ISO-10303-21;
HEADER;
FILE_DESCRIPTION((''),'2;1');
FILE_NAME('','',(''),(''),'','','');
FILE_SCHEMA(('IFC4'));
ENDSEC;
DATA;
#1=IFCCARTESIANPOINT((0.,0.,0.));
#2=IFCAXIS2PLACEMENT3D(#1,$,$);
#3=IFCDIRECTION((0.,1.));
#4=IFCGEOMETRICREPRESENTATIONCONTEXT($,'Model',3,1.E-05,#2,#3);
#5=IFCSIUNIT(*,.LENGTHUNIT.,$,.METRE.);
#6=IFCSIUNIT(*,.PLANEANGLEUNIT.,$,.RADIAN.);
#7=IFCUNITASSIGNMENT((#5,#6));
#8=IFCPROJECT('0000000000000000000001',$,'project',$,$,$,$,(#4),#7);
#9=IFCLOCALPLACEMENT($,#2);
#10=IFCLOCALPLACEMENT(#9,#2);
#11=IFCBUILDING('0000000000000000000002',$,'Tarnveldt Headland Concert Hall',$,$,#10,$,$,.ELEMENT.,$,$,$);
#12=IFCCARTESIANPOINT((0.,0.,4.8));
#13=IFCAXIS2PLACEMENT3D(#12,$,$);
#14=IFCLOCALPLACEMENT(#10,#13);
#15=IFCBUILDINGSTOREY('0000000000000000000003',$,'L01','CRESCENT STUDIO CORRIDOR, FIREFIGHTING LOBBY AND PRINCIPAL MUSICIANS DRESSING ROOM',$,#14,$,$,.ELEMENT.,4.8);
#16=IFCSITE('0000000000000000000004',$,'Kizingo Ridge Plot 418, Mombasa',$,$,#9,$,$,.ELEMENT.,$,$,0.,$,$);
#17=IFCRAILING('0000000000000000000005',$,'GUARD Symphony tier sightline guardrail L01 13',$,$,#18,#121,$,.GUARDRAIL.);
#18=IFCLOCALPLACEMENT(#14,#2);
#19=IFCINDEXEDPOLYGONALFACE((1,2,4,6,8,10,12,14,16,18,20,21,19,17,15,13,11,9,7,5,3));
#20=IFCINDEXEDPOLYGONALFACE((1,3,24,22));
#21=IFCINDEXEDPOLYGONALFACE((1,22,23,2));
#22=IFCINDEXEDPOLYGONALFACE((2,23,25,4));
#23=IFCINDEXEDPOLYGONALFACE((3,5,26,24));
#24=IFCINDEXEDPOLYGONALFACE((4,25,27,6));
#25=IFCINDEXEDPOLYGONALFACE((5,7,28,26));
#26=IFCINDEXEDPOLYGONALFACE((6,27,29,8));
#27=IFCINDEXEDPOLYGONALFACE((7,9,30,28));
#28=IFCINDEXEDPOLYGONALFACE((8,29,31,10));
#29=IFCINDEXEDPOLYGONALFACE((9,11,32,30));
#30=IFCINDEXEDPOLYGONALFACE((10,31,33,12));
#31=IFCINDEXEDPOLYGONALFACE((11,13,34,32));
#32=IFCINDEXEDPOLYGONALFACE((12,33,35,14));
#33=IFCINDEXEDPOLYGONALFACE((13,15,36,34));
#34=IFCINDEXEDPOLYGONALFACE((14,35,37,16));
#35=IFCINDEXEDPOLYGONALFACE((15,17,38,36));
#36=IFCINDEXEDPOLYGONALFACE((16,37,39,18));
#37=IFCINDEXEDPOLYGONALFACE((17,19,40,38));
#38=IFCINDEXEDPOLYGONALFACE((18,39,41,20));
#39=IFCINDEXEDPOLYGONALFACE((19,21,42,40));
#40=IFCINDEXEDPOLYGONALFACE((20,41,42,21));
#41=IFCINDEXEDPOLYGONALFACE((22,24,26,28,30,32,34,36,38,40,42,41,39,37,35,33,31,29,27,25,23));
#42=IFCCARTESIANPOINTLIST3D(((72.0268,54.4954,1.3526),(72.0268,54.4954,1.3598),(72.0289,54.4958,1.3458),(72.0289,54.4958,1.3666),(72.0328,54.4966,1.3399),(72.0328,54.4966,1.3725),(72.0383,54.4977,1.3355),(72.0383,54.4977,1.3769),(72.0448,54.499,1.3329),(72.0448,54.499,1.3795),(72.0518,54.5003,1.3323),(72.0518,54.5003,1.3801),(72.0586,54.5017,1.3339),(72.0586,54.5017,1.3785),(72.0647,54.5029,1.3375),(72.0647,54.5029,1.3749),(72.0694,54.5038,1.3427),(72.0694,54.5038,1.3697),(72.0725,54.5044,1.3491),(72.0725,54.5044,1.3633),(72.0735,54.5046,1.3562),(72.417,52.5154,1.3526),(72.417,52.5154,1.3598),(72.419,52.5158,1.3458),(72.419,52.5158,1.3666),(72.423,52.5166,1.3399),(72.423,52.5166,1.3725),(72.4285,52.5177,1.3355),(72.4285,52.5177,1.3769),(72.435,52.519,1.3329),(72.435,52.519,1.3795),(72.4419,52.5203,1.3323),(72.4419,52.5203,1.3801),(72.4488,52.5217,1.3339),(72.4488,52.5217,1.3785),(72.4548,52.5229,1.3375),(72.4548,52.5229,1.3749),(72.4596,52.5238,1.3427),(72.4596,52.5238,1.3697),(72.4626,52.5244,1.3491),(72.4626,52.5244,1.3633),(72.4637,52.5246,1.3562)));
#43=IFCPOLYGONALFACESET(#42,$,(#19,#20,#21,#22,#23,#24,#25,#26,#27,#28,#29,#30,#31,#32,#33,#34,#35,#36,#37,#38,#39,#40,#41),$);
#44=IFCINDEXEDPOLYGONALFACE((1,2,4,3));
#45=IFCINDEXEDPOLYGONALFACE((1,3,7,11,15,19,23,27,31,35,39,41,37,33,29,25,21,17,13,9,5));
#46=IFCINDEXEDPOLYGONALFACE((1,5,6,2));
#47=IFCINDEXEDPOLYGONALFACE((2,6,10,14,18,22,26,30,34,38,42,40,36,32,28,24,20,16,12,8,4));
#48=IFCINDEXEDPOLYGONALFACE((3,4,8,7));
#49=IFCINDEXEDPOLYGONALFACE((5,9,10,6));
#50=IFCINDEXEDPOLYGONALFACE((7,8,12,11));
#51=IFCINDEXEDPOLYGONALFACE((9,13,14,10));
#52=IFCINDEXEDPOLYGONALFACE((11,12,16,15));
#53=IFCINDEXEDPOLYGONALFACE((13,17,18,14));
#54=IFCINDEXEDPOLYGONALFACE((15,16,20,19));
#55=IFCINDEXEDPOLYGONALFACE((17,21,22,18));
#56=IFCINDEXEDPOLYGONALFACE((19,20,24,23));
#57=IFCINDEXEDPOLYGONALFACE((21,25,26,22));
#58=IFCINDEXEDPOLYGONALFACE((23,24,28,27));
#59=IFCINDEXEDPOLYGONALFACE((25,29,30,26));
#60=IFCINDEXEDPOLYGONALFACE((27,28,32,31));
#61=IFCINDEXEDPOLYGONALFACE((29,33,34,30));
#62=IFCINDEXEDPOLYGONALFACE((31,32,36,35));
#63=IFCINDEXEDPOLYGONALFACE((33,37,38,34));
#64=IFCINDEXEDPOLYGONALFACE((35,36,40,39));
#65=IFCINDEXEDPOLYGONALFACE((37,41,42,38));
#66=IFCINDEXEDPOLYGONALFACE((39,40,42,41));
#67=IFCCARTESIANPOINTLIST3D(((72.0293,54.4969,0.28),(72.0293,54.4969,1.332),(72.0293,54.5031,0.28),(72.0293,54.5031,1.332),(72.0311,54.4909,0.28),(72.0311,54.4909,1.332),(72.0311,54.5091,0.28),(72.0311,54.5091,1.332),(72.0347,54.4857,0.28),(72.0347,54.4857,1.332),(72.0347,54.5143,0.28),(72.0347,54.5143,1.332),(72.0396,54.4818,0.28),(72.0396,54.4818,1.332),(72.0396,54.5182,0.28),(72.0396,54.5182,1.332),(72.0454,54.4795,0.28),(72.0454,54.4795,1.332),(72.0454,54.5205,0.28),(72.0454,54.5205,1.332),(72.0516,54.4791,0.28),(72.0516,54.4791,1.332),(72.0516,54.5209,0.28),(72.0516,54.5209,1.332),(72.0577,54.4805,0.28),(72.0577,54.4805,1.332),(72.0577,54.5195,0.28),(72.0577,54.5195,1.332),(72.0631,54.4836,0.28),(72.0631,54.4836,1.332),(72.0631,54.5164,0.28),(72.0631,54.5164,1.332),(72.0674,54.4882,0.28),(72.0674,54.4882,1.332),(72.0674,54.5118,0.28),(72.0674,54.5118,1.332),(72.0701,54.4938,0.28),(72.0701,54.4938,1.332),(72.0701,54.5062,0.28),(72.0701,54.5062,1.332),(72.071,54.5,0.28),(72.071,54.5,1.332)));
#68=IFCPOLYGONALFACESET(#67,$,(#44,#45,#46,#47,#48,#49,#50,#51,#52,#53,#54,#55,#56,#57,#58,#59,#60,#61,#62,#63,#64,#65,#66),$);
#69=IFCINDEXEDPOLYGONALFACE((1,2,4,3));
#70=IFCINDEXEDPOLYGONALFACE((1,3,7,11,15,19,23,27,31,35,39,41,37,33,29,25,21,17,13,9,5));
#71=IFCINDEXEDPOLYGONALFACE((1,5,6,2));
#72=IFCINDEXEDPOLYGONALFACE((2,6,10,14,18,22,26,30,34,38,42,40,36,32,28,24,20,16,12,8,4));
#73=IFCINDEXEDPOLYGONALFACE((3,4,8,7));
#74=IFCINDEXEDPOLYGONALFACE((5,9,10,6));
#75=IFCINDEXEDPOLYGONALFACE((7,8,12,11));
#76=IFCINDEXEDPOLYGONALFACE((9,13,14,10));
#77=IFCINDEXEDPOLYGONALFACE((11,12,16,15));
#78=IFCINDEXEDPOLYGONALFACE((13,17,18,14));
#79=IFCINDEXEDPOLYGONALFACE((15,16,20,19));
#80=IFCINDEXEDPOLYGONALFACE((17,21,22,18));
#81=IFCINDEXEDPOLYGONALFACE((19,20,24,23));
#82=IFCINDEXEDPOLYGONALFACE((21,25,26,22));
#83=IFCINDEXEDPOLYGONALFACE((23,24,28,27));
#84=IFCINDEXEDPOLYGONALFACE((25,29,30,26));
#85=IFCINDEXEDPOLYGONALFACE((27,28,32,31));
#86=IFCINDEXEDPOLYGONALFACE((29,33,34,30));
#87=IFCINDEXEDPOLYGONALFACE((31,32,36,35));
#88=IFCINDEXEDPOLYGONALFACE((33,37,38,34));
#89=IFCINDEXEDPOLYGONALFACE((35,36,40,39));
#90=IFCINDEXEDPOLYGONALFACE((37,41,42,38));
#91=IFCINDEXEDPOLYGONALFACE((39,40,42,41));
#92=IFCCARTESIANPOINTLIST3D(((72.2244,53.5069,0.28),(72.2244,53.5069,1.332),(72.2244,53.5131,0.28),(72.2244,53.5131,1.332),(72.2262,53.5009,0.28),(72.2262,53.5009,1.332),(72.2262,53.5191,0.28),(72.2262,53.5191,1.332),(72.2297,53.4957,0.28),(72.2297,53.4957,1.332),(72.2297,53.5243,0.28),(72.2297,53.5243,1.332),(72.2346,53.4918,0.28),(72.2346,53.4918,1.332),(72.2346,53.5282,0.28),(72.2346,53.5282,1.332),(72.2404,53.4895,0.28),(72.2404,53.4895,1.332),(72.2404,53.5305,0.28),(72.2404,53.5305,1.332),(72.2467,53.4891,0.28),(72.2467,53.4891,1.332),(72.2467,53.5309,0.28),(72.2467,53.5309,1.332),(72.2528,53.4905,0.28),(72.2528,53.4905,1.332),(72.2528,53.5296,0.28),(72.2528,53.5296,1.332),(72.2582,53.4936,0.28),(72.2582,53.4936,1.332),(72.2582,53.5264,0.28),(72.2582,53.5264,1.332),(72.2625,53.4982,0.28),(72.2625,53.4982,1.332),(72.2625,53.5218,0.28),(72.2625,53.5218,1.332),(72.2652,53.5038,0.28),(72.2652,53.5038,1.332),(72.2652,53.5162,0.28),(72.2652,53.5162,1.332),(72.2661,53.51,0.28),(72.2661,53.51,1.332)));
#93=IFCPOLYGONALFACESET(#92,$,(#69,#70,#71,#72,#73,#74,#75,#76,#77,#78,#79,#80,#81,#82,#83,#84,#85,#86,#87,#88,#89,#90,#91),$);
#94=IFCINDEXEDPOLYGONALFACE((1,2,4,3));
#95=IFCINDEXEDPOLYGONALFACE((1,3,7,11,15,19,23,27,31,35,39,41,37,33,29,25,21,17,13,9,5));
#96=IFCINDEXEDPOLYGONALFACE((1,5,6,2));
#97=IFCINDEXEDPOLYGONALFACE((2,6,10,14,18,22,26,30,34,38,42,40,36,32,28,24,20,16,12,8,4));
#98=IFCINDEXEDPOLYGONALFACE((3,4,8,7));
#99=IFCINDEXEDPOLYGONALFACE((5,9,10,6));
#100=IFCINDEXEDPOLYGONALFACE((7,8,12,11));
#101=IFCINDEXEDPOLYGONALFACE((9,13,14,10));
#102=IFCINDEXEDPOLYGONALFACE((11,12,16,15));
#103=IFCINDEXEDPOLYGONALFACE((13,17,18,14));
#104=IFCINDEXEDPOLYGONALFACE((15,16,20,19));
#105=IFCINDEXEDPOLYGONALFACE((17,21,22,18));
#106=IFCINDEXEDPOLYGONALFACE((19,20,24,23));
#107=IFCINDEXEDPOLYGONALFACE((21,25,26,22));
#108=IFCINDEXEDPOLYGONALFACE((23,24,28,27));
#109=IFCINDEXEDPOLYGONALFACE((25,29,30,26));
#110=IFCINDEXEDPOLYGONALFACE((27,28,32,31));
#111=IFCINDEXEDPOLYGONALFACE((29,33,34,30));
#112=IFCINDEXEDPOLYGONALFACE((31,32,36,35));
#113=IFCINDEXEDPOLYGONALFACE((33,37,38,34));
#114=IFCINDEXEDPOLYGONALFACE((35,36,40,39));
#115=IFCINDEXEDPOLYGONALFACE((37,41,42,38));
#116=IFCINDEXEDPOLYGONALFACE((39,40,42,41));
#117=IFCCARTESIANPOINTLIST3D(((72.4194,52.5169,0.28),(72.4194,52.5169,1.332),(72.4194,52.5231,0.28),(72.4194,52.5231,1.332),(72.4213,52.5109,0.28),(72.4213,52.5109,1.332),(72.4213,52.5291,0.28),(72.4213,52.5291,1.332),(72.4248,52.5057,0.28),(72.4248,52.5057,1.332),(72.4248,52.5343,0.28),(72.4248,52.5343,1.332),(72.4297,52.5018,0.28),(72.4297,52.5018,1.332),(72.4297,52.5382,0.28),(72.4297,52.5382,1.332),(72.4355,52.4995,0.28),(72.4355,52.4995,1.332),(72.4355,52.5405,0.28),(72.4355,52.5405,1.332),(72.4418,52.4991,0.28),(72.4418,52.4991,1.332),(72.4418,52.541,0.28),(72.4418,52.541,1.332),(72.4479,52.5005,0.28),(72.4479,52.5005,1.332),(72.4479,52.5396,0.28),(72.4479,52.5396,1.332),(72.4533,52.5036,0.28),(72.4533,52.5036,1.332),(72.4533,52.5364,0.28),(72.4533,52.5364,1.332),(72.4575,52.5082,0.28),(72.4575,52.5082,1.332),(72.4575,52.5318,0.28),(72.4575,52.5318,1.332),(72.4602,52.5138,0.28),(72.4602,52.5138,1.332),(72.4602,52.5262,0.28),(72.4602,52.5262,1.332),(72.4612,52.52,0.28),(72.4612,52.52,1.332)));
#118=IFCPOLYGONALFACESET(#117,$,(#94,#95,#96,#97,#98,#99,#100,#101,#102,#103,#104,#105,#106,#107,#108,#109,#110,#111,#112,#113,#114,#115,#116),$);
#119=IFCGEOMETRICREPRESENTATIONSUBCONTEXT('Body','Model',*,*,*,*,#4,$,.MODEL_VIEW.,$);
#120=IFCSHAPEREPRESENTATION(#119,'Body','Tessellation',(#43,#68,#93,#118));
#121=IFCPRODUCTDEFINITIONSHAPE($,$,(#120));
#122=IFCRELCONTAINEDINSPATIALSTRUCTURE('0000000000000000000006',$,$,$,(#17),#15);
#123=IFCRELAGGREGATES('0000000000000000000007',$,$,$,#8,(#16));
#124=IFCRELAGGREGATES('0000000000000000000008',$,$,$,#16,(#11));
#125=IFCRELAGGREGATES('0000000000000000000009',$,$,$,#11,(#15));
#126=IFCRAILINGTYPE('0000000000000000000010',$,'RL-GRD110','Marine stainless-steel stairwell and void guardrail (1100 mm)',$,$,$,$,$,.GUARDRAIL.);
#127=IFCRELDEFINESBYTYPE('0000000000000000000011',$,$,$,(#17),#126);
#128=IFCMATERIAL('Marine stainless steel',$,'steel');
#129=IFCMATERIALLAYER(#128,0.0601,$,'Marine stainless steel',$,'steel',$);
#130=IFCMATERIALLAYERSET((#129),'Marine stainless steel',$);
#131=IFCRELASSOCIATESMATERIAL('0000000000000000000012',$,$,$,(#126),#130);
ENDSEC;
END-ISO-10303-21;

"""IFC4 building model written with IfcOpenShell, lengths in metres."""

from ifc_helpers import new_model, si_unit, direction, frame, origin, origin_2d, place, context, subcontext, project, spatial, circle, extrude, material, layer, layer_set, type_object, element, save


model = new_model("IFC4")

# Units and contexts
model_context = context("Model", 3, precision=1e-05, world=origin(), true_north=direction((0.0, 1.0)))
body_context = subcontext(model_context, "Body", "Model", "MODEL_VIEW")
ifc_project = project(units=[si_unit("LENGTHUNIT", "METRE"), si_unit("PLANEANGLEUNIT", "RADIAN")], contexts=[model_context])

# Site, building, storey
site_placement = place(None, origin())
site = spatial("IfcSite", under=ifc_project, at=site_placement, Name="Kizingo Ridge Plot 418, Mombasa", CompositionType="ELEMENT", RefElevation=0.0)
building_placement = place(site_placement, origin())
building = spatial("IfcBuilding", under=site, at=building_placement, Name="Tarnveldt Headland Concert Hall", CompositionType="ELEMENT")
storey_placement = place(building_placement, frame((0.0, 0.0, 4.8)))
storey = spatial("IfcBuildingStorey", under=building, at=storey_placement, Name="L01", Description="CRESCENT STUDIO CORRIDOR, FIREFIGHTING LOBBY AND PRINCIPAL MUSICIANS DRESSING ROOM", CompositionType="ELEMENT", Elevation=4.8)

# Railing
ifc_material_1 = material(Name="Marine stainless steel", Category="steel")
ifc_layer_1 = layer(ifc_material_1, 0.0601, Name="Marine stainless steel", Category="steel")
ifc_layer_set_1 = layer_set([ifc_layer_1], Name="Marine stainless steel")
railing_type = type_object("IfcRailingType", Name="RL-GRD110", Description="Marine stainless-steel stairwell and void guardrail (1100 mm)", PredefinedType="GUARDRAIL", material=ifc_layer_set_1)
railing_1_placement = place(storey_placement, frame((72.05, 54.5, 0.28)))
element("IfcRailing", 1, at=railing_1_placement, inside=storey, type_object=railing_type, Name="GUARD Symphony tier sightline guardrail L01 13", PredefinedType="GUARDRAIL", context=body_context, shape_type="SweptSolid", body=[
    extrude(circle(Radius=0.0239, at=origin_2d()), frame((0.0, 0.0, 1.0762), z_axis=(0.193324, -0.981135, 0.0), x_axis=(0.981135, 0.193324, 0.0)), (0.0, 0.0, 1.0), 2.0181),
    extrude(circle(Radius=0.021, at=origin_2d()), origin(), (0.0, 0.0, 1.0), 1.052),
    extrude(circle(Radius=0.021, at=origin_2d()), frame((0.1951, -0.99, 0.0)), (0.0, 0.0, 1.0), 1.052),
    extrude(circle(Radius=0.021, at=origin_2d()), frame((0.3901, -1.98, 0.0)), (0.0, 0.0, 1.0), 1.052),
])

save(model, "model.ifc")
